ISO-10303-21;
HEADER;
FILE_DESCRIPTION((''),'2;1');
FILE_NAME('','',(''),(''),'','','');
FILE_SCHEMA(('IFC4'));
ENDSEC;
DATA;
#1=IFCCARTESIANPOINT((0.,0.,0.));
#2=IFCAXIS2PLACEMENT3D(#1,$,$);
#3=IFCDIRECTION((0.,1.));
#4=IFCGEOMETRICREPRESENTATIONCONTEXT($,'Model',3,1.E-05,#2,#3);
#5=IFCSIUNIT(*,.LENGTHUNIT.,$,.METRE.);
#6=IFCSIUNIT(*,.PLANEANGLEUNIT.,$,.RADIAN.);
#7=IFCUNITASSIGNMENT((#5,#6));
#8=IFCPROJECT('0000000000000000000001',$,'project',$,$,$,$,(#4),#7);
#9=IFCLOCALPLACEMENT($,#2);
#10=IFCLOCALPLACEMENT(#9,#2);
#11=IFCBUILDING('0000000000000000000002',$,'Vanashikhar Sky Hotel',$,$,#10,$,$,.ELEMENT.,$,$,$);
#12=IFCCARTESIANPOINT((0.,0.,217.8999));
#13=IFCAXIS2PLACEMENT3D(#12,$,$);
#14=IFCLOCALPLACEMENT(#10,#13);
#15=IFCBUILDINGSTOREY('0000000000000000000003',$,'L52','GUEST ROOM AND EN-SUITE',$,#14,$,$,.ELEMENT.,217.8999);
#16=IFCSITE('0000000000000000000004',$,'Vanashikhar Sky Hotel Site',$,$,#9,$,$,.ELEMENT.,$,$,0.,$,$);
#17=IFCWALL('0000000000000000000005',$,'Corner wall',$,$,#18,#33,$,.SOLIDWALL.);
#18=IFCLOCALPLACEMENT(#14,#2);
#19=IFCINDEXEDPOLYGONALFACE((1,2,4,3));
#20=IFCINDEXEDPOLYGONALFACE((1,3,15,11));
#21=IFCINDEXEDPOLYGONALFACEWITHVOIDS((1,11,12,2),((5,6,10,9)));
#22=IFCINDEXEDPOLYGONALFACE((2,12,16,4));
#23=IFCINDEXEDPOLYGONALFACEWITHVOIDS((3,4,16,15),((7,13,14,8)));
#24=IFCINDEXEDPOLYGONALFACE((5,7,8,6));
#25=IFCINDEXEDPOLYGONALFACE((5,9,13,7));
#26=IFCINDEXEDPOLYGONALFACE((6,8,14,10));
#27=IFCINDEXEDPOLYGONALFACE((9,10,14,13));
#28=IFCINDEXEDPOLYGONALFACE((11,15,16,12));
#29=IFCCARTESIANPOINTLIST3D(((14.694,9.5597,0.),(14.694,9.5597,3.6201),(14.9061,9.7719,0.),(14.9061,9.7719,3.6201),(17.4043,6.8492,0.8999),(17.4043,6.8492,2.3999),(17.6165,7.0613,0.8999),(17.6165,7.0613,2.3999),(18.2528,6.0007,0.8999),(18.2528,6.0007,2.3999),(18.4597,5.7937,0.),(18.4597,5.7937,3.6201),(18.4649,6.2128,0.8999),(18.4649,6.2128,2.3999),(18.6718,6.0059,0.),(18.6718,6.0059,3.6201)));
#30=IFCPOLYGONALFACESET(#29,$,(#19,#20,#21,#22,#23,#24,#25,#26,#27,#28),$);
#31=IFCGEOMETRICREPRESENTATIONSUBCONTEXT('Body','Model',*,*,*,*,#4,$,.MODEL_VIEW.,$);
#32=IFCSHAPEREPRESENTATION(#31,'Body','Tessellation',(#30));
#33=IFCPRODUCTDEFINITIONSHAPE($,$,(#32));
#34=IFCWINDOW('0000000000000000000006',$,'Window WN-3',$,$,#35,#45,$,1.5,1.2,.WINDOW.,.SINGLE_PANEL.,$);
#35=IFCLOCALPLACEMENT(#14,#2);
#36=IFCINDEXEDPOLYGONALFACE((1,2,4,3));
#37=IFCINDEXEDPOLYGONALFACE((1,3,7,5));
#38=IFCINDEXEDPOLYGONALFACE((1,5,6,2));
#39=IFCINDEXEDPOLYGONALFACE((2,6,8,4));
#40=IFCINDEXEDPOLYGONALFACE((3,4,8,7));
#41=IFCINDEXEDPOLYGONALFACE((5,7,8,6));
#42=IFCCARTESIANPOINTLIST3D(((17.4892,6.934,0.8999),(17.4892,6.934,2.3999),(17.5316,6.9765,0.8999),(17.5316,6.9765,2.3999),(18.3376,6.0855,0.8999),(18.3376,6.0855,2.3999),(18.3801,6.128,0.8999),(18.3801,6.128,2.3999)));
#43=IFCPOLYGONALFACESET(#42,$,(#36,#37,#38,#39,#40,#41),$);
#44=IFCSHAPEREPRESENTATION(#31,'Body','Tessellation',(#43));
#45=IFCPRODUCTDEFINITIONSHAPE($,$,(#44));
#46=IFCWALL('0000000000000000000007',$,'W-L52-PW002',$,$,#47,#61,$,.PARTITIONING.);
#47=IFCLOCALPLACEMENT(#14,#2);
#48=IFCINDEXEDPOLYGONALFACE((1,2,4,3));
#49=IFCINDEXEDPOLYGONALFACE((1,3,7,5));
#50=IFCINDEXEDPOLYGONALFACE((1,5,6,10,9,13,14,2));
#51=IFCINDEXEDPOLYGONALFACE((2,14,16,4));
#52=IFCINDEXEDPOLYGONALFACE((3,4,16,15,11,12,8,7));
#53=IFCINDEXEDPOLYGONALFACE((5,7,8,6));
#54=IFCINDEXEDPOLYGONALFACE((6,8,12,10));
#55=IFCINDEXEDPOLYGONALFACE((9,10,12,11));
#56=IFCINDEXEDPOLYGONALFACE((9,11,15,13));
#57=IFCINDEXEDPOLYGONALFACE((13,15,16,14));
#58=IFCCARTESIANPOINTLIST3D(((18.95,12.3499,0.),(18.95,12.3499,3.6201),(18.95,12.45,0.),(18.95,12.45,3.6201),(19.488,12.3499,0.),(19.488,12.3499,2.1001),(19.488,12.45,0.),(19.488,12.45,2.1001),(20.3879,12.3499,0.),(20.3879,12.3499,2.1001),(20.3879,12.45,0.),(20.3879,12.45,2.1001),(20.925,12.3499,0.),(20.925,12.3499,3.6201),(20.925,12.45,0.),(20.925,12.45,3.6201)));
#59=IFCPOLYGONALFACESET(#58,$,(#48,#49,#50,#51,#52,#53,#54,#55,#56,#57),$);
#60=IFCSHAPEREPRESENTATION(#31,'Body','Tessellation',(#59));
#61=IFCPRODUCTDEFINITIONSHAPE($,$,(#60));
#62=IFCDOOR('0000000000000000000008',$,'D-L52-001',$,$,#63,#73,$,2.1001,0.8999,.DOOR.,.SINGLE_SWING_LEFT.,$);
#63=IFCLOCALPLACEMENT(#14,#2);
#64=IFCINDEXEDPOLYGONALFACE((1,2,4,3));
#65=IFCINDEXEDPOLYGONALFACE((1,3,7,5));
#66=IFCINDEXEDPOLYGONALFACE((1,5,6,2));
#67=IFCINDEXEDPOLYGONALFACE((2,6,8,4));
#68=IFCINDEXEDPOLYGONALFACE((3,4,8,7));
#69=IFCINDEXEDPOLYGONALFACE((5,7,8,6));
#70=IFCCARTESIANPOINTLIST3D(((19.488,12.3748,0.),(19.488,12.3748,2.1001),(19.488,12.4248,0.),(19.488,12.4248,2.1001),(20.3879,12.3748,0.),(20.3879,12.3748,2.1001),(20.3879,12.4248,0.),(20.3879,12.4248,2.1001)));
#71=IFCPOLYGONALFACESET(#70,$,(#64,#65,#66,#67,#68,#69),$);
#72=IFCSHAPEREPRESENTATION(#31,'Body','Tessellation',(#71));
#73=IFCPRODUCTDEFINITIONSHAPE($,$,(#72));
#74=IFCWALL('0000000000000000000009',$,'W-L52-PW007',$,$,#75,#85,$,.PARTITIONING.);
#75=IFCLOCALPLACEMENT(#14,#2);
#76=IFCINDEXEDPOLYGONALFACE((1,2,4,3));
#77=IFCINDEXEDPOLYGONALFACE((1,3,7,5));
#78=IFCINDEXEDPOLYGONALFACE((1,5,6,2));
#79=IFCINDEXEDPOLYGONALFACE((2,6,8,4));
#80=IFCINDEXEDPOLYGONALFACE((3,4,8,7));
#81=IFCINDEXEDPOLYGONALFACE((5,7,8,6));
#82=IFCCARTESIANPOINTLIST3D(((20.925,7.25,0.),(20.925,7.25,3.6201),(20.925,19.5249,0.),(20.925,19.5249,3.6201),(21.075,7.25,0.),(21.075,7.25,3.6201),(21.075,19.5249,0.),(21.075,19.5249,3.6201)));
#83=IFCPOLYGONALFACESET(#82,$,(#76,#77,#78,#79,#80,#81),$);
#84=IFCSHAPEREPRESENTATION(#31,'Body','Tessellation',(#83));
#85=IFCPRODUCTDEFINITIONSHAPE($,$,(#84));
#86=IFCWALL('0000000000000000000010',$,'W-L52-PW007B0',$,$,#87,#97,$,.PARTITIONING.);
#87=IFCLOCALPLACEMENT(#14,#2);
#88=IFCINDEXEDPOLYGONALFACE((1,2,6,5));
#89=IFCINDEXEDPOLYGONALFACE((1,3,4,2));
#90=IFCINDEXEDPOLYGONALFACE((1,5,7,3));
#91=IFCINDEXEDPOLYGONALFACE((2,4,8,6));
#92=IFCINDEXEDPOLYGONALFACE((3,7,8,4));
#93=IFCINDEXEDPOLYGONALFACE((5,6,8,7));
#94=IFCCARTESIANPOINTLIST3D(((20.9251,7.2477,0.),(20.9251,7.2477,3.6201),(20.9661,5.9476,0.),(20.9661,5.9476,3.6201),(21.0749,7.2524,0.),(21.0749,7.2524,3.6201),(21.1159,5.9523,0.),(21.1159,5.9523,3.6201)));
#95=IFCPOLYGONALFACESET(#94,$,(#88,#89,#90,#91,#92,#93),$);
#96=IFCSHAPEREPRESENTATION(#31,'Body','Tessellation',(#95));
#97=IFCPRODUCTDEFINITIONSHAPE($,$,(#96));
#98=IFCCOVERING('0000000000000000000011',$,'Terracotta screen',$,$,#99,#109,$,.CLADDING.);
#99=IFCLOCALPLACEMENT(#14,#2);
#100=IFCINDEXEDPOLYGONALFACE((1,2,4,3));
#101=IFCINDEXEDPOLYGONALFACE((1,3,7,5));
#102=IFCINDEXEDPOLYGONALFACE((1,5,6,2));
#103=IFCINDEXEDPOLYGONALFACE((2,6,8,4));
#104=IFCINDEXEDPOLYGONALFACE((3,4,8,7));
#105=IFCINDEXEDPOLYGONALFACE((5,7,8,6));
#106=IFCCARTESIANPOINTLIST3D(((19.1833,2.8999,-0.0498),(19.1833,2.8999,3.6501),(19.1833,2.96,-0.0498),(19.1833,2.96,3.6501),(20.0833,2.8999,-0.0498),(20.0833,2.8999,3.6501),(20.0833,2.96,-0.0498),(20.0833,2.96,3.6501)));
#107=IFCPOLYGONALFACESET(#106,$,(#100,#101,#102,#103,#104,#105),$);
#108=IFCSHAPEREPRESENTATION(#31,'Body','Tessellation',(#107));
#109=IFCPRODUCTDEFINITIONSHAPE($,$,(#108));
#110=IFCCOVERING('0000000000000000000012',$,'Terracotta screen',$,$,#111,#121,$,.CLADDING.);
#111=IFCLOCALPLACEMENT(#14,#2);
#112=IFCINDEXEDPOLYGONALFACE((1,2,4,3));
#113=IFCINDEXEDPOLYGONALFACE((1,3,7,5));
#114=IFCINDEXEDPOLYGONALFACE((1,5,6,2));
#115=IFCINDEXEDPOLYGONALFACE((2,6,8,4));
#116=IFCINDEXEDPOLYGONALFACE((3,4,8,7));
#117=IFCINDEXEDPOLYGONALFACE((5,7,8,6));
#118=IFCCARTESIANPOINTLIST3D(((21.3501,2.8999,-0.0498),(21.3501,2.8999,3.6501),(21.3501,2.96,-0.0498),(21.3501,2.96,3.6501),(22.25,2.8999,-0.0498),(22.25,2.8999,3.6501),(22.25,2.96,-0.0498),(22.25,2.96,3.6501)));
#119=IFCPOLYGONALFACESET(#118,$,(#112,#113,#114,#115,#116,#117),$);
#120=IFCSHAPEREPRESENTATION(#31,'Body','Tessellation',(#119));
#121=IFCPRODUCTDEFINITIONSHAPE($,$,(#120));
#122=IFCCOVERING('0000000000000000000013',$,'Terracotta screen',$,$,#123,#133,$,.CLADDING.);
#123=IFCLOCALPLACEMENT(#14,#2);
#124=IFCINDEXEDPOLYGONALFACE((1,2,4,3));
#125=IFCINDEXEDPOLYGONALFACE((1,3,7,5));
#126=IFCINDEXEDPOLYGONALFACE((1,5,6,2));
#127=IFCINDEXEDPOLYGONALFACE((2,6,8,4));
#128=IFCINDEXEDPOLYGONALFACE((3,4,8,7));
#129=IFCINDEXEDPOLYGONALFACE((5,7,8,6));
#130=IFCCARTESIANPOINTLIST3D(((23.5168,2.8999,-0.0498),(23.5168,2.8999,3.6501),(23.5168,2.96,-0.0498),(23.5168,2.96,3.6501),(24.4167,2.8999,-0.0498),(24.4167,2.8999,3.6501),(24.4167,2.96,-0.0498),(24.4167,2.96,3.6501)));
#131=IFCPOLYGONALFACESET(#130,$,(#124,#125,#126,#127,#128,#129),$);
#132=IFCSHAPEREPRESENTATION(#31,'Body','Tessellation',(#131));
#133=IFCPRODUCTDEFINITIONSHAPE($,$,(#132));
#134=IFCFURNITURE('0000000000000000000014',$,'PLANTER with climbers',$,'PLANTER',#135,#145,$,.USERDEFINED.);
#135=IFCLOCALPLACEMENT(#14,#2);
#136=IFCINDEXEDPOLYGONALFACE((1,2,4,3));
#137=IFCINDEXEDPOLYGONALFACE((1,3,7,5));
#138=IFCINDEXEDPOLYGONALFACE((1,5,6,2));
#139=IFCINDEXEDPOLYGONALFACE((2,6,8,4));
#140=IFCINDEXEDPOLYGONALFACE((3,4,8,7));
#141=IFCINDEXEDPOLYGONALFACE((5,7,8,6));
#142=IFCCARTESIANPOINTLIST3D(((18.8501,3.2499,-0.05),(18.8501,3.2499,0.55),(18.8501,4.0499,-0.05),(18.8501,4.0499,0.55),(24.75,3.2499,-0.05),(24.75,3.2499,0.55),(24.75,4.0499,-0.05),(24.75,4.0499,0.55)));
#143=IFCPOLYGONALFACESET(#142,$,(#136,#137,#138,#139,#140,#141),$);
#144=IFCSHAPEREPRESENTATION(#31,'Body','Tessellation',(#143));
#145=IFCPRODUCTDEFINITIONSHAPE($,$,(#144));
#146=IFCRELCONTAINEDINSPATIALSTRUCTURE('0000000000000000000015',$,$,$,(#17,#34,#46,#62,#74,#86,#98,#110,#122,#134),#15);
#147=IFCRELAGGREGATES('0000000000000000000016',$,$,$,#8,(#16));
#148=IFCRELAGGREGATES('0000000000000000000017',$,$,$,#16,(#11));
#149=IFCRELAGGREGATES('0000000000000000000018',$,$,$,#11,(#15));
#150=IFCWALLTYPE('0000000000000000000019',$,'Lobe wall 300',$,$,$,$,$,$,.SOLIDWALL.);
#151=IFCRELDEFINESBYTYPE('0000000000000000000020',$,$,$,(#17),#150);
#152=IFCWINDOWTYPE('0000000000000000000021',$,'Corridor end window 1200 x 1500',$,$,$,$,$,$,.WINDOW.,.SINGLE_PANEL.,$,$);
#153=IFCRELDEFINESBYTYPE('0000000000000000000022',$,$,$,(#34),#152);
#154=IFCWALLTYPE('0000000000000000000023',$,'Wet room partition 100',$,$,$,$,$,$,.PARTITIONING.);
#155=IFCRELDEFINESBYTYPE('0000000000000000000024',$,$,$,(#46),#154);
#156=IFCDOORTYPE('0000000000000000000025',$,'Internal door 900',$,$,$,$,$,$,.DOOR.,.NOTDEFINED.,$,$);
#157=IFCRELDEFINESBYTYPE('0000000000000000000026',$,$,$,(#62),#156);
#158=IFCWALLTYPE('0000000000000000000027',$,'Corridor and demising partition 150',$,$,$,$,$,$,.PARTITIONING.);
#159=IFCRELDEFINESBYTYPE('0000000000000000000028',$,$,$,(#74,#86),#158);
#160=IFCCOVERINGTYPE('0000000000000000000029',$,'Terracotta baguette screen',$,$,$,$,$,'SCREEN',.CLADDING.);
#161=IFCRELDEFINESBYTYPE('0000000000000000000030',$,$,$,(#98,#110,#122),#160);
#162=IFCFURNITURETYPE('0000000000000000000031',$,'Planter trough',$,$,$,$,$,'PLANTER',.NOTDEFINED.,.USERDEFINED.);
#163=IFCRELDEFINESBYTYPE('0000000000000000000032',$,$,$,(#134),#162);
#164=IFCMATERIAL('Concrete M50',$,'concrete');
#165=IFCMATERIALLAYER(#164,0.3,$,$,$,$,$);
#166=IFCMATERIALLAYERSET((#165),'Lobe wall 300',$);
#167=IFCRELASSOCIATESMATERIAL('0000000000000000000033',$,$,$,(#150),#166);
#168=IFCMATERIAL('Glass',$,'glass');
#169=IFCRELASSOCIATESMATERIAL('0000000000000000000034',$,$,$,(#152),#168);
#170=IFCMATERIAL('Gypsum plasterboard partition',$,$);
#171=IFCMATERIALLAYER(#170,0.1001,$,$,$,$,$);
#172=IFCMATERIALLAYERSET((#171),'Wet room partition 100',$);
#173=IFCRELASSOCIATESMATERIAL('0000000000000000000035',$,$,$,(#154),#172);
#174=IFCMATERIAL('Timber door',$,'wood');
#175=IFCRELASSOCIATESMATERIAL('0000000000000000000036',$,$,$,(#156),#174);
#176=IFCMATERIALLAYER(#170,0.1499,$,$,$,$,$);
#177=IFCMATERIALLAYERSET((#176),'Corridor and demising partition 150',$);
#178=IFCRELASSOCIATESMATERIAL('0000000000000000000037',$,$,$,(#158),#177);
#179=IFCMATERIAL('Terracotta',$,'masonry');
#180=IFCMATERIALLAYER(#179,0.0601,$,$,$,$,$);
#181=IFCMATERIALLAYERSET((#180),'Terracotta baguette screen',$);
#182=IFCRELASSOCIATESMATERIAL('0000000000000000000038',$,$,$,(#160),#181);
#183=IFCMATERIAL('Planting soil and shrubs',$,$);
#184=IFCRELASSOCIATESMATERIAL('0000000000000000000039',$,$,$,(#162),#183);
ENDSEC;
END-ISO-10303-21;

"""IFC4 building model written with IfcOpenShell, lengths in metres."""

from ifc_helpers import new_model, si_unit, direction, frame, frame_2d, origin, origin_2d, place, context, subcontext, project, spatial, rectangle, extrude, source, transform, mapped, material, layer, layer_set, type_object, element, fill, save


model = new_model("IFC4")

# Units and contexts
model_context = context("Model", 3, precision=1e-05, world=origin(), true_north=direction((0.0, 1.0)))
body_context = subcontext(model_context, "Body", "Model", "MODEL_VIEW")
ifc_project = project(units=[si_unit("LENGTHUNIT", "METRE"), si_unit("PLANEANGLEUNIT", "RADIAN")], contexts=[model_context])

# Site, building, storey
site_placement = place(None, origin())
site = spatial("IfcSite", under=ifc_project, at=site_placement, Name="Vanashikhar Sky Hotel Site", CompositionType="ELEMENT", RefElevation=0.0)
building_placement = place(site_placement, origin())
building = spatial("IfcBuilding", under=site, at=building_placement, Name="Vanashikhar Sky Hotel", CompositionType="ELEMENT")
storey_placement = place(building_placement, frame((0.0, 0.0, 217.8999)))
storey = spatial("IfcBuildingStorey", under=building, at=storey_placement, Name="L52", Description="GUEST ROOM AND EN-SUITE", CompositionType="ELEMENT", Elevation=217.8999)

# Shared definitions
ifc_material_1 = material(Name="Concrete M50", Category="concrete")

# Shared definitions
ifc_material_2 = material(Name="Glass", Category="glass")

# Wall, opening, window
ifc_layer_1 = layer(ifc_material_1, 0.3)
ifc_layer_set_1 = layer_set([ifc_layer_1], Name="Lobe wall 300")
wall_type_1 = type_object("IfcWallType", Name="Lobe wall 300", PredefinedType="SOLIDWALL", material=ifc_layer_set_1)
shared_shape_1 = source(origin(), body_context, "Body", "SweptSolid", [
    extrude(rectangle(XDim=5.3257, YDim=0.3, at=frame_2d((2.6628, 0.0))), origin(), (0.0, 0.0, 1.0), 3.6201),
])
wall_1_placement = place(storey_placement, frame((14.8, 9.6658, 0.0), z_axis=(0.0, 0.0, 1.0), x_axis=(0.707084, -0.70713, 0.0)))
wall_1 = element("IfcWall", 1, at=wall_1_placement, inside=storey, type_object=wall_type_1, Name="Corner wall", PredefinedType="SOLIDWALL", context=body_context, shape_type="MappedRepresentation", body=[
    mapped(shared_shape_1, transform((0.0, 0.0, 0.0), scale=1.0)),
])
shared_shape_2 = source(origin(), body_context, "Body", "SweptSolid", [
    extrude(rectangle(XDim=1.2, YDim=1.5, at=frame_2d((0.6001, 0.75))), frame((0.0, 0.1602, 0.0), z_axis=(0.0, -1.0, 0.0), x_axis=(1.0, 0.0, 0.0)), (0.0, 0.0, 1.0), 0.3201),
])
opening_1_placement = place(wall_1_placement, frame((3.833, 0.0, 0.8999)))
opening_1 = element("IfcOpeningElement", 2, at=opening_1_placement, cuts=wall_1, PredefinedType="OPENING", context=body_context, shape_type="MappedRepresentation", body=[
    mapped(shared_shape_2, transform((0.0, 0.0, 0.0), scale=1.0)),
])
window_type_1 = type_object("IfcWindowType", Name="Corridor end window 1200 x 1500", PartitioningType="SINGLE_PANEL", PredefinedType="WINDOW", material=ifc_material_2)
shared_shape_3 = source(origin(), body_context, "Body", "SweptSolid", [
    extrude(rectangle(XDim=1.2, YDim=1.5, at=frame_2d((0.6001, 0.75))), frame((0.0, 0.03, 0.0), z_axis=(0.0, -1.0, 0.0), x_axis=(1.0, 0.0, 0.0)), (0.0, 0.0, 1.0), 0.0601),
])
window_1_placement = place(opening_1_placement, origin())
window_1 = element("IfcWindow", 3, at=window_1_placement, inside=storey, type_object=window_type_1, Name="Window WN-3", OverallHeight=1.5, OverallWidth=1.2, PartitioningType="SINGLE_PANEL", PredefinedType="WINDOW", context=body_context, shape_type="MappedRepresentation", body=[
    mapped(shared_shape_3, transform((0.0, 0.0, 0.0), scale=1.0)),
])
fill(opening_1, window_1)

# Wall, opening, door
ifc_material_3 = material(Name="Gypsum plasterboard partition")
ifc_layer_2 = layer(ifc_material_3, 0.1001)
ifc_layer_set_2 = layer_set([ifc_layer_2], Name="Wet room partition 100")
wall_type_2 = type_object("IfcWallType", Name="Wet room partition 100", PredefinedType="PARTITIONING", material=ifc_layer_set_2)
shared_shape_4 = source(origin(), body_context, "Body", "SweptSolid", [
    extrude(rectangle(XDim=1.9751, YDim=0.1001, at=frame_2d((0.9875, 0.0))), origin(), (0.0, 0.0, 1.0), 3.6201),
])
wall_2_placement = place(storey_placement, frame((18.95, 12.3999, 0.0), z_axis=(0.0, 0.0, 1.0), x_axis=(1.0, 0.0, 0.0)))
wall_2 = element("IfcWall", 4, at=wall_2_placement, inside=storey, type_object=wall_type_2, Name="W-L52-PW002", PredefinedType="PARTITIONING", context=body_context, shape_type="MappedRepresentation", body=[
    mapped(shared_shape_4, transform((0.0, 0.0, 0.0), scale=1.0)),
])
shared_shape_5 = source(origin(), body_context, "Body", "SweptSolid", [
    extrude(rectangle(XDim=0.8999, YDim=2.1001, at=frame_2d((0.45, 1.05))), frame((0.0, 0.0601, 0.0), z_axis=(0.0, -1.0, 0.0), x_axis=(1.0, 0.0, 0.0)), (0.0, 0.0, 1.0), 0.1201),
])
opening_2_placement = place(wall_2_placement, frame((0.5381, 0.0, 0.0)))
opening_2 = element("IfcOpeningElement", 5, at=opening_2_placement, cuts=wall_2, PredefinedType="OPENING", context=body_context, shape_type="MappedRepresentation", body=[
    mapped(shared_shape_5, transform((0.0, 0.0, 0.0), scale=1.0)),
])
ifc_material_4 = material(Name="Timber door", Category="wood")
door_type_1 = type_object("IfcDoorType", Name="Internal door 900", OperationType="NOTDEFINED", PredefinedType="DOOR", material=ifc_material_4)
shared_shape_6 = source(origin(), body_context, "Body", "SweptSolid", [
    extrude(rectangle(XDim=0.8999, YDim=2.1001, at=frame_2d((0.45, 1.05))), frame((0.0, 0.0249, 0.0), z_axis=(0.0, -1.0, 0.0), x_axis=(1.0, 0.0, 0.0)), (0.0, 0.0, 1.0), 0.05),
])
door_1_placement = place(opening_2_placement, origin())
door_1 = element("IfcDoor", 6, at=door_1_placement, inside=storey, type_object=door_type_1, Name="D-L52-001", OperationType="SINGLE_SWING_LEFT", OverallHeight=2.1001, OverallWidth=0.8999, PredefinedType="DOOR", context=body_context, shape_type="MappedRepresentation", body=[
    mapped(shared_shape_6, transform((0.0, 0.0, 0.0), scale=1.0)),
])
fill(opening_2, door_1)

# Walls
ifc_layer_3 = layer(ifc_material_3, 0.1499)
ifc_layer_set_3 = layer_set([ifc_layer_3], Name="Corridor and demising partition 150")
wall_type_3 = type_object("IfcWallType", Name="Corridor and demising partition 150", PredefinedType="PARTITIONING", material=ifc_layer_set_3)
shared_shape_7 = source(origin(), body_context, "Body", "SweptSolid", [
    extrude(rectangle(XDim=12.2749, YDim=0.1499, at=frame_2d((6.1375, 0.0))), origin(), (0.0, 0.0, 1.0), 3.6201),
])
wall_3_placement = place(storey_placement, frame((21.0, 7.25, 0.0), z_axis=(0.0, 0.0, 1.0), x_axis=(0.0, 1.0, 0.0)))
element("IfcWall", 7, at=wall_3_placement, inside=storey, type_object=wall_type_3, Name="W-L52-PW007", PredefinedType="PARTITIONING", context=body_context, shape_type="MappedRepresentation", body=[
    mapped(shared_shape_7, transform((0.0, 0.0, 0.0), scale=1.0)),
])
shared_shape_8 = source(origin(), body_context, "Body", "SweptSolid", [
    extrude(rectangle(XDim=1.3008, YDim=0.1499, at=frame_2d((0.6504, 0.0))), origin(), (0.0, 0.0, 1.0), 3.6201),
])
wall_4_placement = place(storey_placement, frame((21.041, 5.95, 0.0), z_axis=(0.0, 0.0, 1.0), x_axis=(-0.031534, 0.999503, 0.0)))
element("IfcWall", 8, at=wall_4_placement, inside=storey, type_object=wall_type_3, Name="W-L52-PW007B0", PredefinedType="PARTITIONING", context=body_context, shape_type="MappedRepresentation", body=[
    mapped(shared_shape_8, transform((0.0, 0.0, 0.0), scale=1.0)),
])

# Coverings
ifc_material_5 = material(Name="Terracotta", Category="masonry")
ifc_layer_4 = layer(ifc_material_5, 0.0601)
ifc_layer_set_4 = layer_set([ifc_layer_4], Name="Terracotta baguette screen")
covering_type = type_object("IfcCoveringType", Name="Terracotta baguette screen", ElementType="SCREEN", PredefinedType="CLADDING", material=ifc_layer_set_4)
shared_shape_9 = source(origin(), body_context, "Body", "SweptSolid", [
    extrude(rectangle(XDim=0.8999, YDim=0.0601, at=origin_2d()), origin(), (0.0, 0.0, 1.0), 3.7),
])
for number, where, z_axis, x_axis, name in (
    (9, (19.6333, 2.9299, -0.0498), (0.0, 0.0, 1.0), (1.0, 0.0, 0.0), "Terracotta screen"),
    (10, (21.8, 2.9299, -0.0498), (0.0, 0.0, 1.0), (1.0, 0.0, 0.0), "Terracotta screen"),
    (11, (23.9668, 2.9299, -0.0498), (0.0, 0.0, 1.0), (1.0, 0.0, 0.0), "Terracotta screen"),
):
    element("IfcCovering", number, at=place(storey_placement, frame(where, z_axis=z_axis, x_axis=x_axis)), inside=storey, type_object=covering_type, Name=name, PredefinedType="CLADDING", context=body_context, shape_type="MappedRepresentation", body=[
        mapped(shared_shape_9, transform((0.0, 0.0, 0.0), scale=1.0)),
    ])

# Furniture
ifc_material_6 = material(Name="Planting soil and shrubs")
furniture_type = type_object("IfcFurnitureType", Name="Planter trough", ElementType="PLANTER", AssemblyPlace="NOTDEFINED", PredefinedType="USERDEFINED", material=ifc_material_6)
shared_shape_10 = source(origin(), body_context, "Body", "SweptSolid", [
    extrude(rectangle(XDim=5.8999, YDim=0.8, at=origin_2d()), origin(), (0.0, 0.0, 1.0), 0.6001),
])
furniture_placement = place(storey_placement, frame((21.8, 3.6499, -0.05), z_axis=(0.0, 0.0, 1.0), x_axis=(1.0, 0.0, 0.0)))
element("IfcFurniture", 12, at=furniture_placement, inside=storey, type_object=furniture_type, Name="PLANTER with climbers", ObjectType="PLANTER", PredefinedType="USERDEFINED", context=body_context, shape_type="MappedRepresentation", body=[
    mapped(shared_shape_10, transform((0.0, 0.0, 0.0), scale=1.0)),
])

save(model, "model.ifc")
